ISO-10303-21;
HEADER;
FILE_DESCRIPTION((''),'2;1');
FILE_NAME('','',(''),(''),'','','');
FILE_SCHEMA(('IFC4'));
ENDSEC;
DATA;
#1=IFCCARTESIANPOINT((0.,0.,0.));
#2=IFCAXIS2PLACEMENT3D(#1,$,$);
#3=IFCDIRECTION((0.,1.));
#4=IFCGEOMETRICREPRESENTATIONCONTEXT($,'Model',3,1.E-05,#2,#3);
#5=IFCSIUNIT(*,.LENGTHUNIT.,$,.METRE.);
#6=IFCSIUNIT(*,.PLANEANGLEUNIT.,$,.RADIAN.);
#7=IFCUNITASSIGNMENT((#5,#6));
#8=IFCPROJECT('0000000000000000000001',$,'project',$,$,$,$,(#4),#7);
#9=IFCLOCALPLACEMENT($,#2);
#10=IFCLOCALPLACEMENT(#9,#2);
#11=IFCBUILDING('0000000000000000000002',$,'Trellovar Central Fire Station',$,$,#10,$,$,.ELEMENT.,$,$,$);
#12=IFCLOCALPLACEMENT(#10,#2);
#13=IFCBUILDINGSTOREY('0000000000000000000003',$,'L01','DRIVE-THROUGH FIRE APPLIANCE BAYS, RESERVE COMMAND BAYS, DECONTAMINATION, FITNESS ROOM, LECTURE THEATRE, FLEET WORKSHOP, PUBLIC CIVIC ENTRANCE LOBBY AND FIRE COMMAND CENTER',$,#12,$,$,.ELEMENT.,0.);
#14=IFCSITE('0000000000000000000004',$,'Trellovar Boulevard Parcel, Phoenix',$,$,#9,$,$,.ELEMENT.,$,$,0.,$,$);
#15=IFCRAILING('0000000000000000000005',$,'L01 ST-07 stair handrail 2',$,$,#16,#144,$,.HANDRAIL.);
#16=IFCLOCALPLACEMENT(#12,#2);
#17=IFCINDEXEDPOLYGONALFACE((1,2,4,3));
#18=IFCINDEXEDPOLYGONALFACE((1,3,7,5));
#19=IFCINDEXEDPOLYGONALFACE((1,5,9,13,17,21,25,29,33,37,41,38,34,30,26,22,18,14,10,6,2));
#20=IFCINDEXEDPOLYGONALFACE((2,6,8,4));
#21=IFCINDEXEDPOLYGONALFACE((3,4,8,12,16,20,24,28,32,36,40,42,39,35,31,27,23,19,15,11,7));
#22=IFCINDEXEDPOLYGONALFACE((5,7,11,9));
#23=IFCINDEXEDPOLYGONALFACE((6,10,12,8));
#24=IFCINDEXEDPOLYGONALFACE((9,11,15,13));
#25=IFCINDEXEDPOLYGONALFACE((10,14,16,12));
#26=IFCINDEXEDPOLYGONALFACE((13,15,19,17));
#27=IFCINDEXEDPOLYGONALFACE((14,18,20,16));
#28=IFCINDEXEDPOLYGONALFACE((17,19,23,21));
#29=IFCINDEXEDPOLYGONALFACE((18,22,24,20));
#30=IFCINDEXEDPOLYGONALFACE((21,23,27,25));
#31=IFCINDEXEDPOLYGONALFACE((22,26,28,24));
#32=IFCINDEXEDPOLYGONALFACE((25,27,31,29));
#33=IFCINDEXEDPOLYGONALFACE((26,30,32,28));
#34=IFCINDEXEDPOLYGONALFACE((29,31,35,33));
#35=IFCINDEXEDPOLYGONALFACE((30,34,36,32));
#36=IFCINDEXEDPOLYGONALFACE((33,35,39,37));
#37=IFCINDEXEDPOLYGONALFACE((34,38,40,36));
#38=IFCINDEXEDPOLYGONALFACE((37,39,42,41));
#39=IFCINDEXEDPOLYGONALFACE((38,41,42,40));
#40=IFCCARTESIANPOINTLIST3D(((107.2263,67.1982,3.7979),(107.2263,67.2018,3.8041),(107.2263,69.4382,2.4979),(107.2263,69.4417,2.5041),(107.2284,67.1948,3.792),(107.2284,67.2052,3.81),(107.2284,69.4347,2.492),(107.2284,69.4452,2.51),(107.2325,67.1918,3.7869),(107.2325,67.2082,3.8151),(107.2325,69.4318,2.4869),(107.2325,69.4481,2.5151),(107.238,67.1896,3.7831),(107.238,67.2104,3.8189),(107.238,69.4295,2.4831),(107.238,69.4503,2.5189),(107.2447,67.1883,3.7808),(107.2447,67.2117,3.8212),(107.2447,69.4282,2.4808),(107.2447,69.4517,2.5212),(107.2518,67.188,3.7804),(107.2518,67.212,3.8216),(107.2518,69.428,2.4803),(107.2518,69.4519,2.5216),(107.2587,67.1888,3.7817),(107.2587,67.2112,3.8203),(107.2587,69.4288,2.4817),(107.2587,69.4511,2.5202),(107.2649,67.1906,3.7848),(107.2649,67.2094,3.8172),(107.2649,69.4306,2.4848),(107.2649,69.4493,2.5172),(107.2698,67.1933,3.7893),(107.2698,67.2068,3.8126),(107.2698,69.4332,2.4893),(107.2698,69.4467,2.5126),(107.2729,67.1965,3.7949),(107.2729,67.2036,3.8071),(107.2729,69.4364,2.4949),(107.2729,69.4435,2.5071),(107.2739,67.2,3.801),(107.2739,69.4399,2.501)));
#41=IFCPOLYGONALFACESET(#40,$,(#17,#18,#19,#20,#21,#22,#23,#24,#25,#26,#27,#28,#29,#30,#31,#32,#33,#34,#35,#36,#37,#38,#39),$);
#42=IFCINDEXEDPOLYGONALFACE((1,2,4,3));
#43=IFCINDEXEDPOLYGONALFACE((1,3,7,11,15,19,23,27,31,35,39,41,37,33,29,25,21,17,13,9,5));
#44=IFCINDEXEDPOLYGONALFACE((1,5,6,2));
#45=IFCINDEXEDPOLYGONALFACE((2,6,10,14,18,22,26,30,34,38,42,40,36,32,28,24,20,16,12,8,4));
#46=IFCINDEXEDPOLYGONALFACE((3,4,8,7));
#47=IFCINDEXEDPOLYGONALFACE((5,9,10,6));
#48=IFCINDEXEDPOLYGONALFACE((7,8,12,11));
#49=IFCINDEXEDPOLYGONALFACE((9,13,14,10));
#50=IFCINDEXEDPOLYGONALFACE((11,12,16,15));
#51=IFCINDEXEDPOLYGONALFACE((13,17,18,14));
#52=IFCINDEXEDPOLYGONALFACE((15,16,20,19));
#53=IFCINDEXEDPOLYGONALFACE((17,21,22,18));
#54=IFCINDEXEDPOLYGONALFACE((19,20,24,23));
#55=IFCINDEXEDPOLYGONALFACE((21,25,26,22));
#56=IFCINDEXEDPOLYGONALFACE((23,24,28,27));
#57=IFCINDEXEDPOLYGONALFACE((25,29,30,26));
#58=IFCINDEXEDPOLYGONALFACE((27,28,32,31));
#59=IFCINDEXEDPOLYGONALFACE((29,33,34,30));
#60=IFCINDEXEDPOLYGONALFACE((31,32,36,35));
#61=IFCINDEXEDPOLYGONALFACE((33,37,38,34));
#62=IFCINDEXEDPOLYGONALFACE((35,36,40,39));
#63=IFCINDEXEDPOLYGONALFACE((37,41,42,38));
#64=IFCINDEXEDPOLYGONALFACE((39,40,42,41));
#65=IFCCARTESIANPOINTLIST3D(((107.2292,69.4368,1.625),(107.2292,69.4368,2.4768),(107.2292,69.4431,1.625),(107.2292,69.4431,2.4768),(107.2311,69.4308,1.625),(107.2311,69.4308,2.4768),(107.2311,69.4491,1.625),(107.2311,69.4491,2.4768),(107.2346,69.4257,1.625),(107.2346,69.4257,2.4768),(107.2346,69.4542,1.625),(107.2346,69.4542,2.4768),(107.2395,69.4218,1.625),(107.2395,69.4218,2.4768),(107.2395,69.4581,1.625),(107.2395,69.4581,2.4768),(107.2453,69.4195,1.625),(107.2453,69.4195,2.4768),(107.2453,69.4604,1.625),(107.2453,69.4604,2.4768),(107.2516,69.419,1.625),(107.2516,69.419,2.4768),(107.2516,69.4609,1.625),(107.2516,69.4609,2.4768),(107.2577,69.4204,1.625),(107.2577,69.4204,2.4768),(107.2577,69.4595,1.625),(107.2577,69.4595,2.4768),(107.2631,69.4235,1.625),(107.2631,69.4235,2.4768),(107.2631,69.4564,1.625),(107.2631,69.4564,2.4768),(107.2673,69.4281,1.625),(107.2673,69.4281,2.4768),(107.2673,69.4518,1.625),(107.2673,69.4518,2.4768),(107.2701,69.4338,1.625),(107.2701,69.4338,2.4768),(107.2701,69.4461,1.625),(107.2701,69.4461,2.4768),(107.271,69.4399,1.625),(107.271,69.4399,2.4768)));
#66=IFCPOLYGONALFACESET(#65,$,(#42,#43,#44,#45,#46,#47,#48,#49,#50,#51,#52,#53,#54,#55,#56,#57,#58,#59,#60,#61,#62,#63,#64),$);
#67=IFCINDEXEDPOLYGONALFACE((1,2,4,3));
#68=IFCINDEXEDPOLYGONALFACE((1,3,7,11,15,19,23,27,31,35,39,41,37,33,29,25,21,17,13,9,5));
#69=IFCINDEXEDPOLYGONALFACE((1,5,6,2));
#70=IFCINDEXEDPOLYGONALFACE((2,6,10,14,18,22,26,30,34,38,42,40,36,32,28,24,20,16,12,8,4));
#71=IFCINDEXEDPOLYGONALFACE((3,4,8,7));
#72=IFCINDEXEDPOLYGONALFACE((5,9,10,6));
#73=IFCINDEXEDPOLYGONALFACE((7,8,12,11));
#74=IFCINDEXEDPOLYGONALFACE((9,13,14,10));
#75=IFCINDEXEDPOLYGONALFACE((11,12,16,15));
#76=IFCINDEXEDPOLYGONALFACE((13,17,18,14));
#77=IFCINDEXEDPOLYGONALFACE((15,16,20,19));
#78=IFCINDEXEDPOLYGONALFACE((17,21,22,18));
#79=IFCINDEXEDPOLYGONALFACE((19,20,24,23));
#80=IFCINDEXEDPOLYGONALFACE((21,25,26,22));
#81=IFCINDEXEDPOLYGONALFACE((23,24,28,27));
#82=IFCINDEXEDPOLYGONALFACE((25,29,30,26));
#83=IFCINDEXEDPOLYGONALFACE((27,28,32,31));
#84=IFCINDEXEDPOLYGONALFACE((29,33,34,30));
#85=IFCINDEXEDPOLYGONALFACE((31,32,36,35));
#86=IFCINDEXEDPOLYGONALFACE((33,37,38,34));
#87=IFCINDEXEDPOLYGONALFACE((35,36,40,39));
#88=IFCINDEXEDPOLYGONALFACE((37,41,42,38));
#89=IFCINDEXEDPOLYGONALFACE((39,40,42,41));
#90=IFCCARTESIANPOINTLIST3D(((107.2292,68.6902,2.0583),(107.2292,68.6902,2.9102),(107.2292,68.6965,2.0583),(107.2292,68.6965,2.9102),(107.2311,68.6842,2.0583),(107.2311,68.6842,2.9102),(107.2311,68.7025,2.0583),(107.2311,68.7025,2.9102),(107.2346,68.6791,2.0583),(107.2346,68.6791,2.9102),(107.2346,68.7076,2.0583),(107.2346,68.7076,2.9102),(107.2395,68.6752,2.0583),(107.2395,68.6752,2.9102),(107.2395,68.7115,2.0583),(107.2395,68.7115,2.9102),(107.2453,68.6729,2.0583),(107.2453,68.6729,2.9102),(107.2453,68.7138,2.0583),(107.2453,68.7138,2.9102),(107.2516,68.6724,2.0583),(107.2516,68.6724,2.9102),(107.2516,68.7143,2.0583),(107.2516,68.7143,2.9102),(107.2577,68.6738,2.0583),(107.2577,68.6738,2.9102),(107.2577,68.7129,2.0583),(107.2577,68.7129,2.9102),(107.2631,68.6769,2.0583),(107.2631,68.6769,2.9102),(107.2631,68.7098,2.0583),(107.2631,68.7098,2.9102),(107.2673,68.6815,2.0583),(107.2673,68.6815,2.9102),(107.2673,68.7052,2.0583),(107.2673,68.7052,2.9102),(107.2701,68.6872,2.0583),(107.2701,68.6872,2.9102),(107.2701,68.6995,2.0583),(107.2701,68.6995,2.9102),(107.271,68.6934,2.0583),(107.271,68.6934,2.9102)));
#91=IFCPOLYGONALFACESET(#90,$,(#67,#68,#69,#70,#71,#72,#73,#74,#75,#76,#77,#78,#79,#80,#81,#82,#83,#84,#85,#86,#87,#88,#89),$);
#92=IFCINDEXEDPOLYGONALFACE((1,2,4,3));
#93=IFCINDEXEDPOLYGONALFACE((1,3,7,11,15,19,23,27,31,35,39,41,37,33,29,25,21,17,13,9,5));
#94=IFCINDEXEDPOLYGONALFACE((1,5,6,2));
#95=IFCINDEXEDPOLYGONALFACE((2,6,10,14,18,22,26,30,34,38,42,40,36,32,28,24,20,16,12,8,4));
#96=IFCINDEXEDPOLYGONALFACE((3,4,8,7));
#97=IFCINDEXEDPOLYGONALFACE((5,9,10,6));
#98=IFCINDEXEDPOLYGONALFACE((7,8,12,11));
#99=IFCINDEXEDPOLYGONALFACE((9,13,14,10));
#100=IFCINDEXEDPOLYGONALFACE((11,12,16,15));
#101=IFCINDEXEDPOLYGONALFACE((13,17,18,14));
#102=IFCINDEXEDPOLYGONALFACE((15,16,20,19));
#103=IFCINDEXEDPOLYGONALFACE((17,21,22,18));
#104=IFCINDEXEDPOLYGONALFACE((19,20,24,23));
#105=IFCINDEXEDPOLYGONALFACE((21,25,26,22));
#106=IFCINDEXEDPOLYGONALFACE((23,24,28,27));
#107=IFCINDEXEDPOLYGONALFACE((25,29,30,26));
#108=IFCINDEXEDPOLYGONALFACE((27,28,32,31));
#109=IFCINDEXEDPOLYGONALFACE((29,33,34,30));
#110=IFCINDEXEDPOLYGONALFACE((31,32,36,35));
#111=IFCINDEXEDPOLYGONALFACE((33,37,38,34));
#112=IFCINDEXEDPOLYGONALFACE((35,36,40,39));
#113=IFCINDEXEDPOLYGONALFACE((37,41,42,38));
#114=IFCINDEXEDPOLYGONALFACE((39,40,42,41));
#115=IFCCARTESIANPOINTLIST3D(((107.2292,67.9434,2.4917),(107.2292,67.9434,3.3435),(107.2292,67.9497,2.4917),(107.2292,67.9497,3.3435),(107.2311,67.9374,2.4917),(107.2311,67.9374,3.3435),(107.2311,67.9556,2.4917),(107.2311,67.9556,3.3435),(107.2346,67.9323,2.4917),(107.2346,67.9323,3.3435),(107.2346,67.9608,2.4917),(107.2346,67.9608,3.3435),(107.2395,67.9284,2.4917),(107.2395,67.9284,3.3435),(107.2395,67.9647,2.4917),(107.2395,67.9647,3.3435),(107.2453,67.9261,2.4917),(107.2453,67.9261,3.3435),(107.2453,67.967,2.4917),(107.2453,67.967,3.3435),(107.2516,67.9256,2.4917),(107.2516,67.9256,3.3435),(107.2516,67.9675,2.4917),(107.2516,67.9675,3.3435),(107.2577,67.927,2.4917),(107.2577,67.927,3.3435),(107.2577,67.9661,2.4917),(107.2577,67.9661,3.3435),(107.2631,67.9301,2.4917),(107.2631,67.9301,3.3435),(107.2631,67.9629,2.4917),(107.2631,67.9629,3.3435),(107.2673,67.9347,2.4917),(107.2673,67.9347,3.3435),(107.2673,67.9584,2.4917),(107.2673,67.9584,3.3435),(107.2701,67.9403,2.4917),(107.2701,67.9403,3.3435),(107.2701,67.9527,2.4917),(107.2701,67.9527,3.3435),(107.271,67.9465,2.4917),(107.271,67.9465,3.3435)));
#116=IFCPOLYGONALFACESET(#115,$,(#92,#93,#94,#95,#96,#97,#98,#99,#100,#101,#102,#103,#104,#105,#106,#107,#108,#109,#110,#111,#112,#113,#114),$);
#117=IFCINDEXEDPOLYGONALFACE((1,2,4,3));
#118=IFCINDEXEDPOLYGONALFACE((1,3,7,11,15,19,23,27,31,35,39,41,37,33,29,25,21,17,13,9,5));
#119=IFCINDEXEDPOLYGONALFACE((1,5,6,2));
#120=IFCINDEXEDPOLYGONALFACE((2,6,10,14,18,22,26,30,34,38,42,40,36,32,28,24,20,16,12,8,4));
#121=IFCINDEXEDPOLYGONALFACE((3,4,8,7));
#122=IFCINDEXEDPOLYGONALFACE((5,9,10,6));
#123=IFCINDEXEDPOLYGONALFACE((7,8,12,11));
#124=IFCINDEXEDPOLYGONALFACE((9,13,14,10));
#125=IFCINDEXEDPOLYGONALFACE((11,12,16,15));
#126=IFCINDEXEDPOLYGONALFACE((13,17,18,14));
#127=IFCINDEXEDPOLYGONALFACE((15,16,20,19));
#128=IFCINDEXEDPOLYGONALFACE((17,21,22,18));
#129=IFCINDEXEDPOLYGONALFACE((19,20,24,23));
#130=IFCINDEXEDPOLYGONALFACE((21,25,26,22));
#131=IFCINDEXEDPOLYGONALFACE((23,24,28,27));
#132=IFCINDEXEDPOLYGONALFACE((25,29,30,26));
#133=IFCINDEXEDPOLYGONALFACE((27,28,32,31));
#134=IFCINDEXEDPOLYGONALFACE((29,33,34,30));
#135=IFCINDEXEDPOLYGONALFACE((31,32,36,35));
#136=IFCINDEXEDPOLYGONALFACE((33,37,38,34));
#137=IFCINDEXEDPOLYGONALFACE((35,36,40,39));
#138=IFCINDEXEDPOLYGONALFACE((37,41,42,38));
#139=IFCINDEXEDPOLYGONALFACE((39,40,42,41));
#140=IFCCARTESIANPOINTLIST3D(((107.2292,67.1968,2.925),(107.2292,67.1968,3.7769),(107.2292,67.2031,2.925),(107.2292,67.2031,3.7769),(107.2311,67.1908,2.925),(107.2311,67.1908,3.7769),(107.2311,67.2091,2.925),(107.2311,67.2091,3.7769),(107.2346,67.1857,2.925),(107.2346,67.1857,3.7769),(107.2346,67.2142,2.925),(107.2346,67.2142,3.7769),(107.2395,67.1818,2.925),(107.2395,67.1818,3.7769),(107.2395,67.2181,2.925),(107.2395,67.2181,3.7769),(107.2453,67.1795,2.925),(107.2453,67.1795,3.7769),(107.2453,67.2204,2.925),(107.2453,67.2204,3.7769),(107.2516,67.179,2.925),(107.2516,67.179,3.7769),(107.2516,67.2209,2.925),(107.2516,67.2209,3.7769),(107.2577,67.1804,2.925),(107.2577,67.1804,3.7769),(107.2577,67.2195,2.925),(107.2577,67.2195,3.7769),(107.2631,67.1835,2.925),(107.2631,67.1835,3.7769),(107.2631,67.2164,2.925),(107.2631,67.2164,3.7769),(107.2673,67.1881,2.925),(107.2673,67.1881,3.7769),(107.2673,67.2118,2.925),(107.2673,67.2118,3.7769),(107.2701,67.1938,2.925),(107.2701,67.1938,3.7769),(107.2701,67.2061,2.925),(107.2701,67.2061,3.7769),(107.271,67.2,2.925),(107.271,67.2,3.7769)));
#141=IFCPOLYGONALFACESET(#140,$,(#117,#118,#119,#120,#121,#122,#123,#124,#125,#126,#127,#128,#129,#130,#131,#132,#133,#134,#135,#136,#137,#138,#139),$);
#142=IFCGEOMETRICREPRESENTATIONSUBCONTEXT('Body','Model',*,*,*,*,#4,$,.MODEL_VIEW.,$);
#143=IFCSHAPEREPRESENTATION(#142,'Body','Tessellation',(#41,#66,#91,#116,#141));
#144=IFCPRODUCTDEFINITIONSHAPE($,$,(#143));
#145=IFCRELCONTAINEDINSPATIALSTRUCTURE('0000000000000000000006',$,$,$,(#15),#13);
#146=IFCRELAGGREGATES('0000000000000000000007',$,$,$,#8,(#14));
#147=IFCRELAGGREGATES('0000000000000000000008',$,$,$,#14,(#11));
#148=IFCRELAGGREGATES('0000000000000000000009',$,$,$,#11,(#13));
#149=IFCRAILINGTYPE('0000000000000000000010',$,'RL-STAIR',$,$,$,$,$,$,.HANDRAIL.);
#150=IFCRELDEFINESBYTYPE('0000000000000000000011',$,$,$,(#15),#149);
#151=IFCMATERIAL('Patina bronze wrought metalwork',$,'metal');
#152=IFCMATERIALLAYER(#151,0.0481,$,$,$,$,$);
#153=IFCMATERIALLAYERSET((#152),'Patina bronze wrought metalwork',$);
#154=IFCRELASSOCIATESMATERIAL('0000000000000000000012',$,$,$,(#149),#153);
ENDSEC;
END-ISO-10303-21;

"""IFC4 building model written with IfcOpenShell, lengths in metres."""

from ifc_helpers import new_model, si_unit, direction, frame, origin, origin_2d, place, context, subcontext, project, spatial, circle, extrude, material, layer, layer_set, type_object, element, save


model = new_model("IFC4")

# Units and contexts
model_context = context("Model", 3, precision=1e-05, world=origin(), true_north=direction((0.0, 1.0)))
body_context = subcontext(model_context, "Body", "Model", "MODEL_VIEW")
ifc_project = project(units=[si_unit("LENGTHUNIT", "METRE"), si_unit("PLANEANGLEUNIT", "RADIAN")], contexts=[model_context])

# Site, building, storey
site_placement = place(None, origin())
site = spatial("IfcSite", under=ifc_project, at=site_placement, Name="Trellovar Boulevard Parcel, Phoenix", CompositionType="ELEMENT", RefElevation=0.0)
building_placement = place(site_placement, origin())
building = spatial("IfcBuilding", under=site, at=building_placement, Name="Trellovar Central Fire Station", CompositionType="ELEMENT")
storey_placement = place(building_placement, origin())
storey = spatial("IfcBuildingStorey", under=building, at=storey_placement, Name="L01", Description="DRIVE-THROUGH FIRE APPLIANCE BAYS, RESERVE COMMAND BAYS, DECONTAMINATION, FITNESS ROOM, LECTURE THEATRE, FLEET WORKSHOP, PUBLIC CIVIC ENTRANCE LOBBY AND FIRE COMMAND CENTER", CompositionType="ELEMENT", Elevation=0.0)

# Railing
ifc_material_1 = material(Name="Patina bronze wrought metalwork", Category="metal")
ifc_layer_1 = layer(ifc_material_1, 0.0481)
ifc_layer_set_1 = layer_set([ifc_layer_1], Name="Patina bronze wrought metalwork")
railing_type_1 = type_object("IfcRailingType", Name="RL-STAIR", PredefinedType="HANDRAIL", material=ifc_layer_set_1)
for number, where, name in (
    (1, (107.25, 69.4399, 1.625), "L01 ST-07 stair handrail 2"),
):
    element("IfcRailing", number, at=place(storey_placement, frame(where)), inside=storey, type_object=railing_type_1, Name=name, PredefinedType="HANDRAIL", context=body_context, shape_type="SweptSolid", body=[
        extrude(circle(Radius=0.0239, at=origin_2d()), frame((0.0, 0.0, 0.876), z_axis=(0.0, -0.864888, 0.501965), x_axis=(1.0, 0.0, 0.0)), (0.0, 0.0, 1.0), 2.5898),
        extrude(circle(Radius=0.021, at=origin_2d()), origin(), (0.0, 0.0, 1.0), 0.8518),
        extrude(circle(Radius=0.021, at=origin_2d()), frame((0.0, -0.7466, 0.4333)), (0.0, 0.0, 1.0), 0.8518),
        extrude(circle(Radius=0.021, at=origin_2d()), frame((0.0, -1.4934, 0.8667)), (0.0, 0.0, 1.0), 0.8518),
        extrude(circle(Radius=0.021, at=origin_2d()), frame((0.0, -2.24, 1.3)), (0.0, 0.0, 1.0), 0.8518),
    ])

save(model, "model.ifc")
